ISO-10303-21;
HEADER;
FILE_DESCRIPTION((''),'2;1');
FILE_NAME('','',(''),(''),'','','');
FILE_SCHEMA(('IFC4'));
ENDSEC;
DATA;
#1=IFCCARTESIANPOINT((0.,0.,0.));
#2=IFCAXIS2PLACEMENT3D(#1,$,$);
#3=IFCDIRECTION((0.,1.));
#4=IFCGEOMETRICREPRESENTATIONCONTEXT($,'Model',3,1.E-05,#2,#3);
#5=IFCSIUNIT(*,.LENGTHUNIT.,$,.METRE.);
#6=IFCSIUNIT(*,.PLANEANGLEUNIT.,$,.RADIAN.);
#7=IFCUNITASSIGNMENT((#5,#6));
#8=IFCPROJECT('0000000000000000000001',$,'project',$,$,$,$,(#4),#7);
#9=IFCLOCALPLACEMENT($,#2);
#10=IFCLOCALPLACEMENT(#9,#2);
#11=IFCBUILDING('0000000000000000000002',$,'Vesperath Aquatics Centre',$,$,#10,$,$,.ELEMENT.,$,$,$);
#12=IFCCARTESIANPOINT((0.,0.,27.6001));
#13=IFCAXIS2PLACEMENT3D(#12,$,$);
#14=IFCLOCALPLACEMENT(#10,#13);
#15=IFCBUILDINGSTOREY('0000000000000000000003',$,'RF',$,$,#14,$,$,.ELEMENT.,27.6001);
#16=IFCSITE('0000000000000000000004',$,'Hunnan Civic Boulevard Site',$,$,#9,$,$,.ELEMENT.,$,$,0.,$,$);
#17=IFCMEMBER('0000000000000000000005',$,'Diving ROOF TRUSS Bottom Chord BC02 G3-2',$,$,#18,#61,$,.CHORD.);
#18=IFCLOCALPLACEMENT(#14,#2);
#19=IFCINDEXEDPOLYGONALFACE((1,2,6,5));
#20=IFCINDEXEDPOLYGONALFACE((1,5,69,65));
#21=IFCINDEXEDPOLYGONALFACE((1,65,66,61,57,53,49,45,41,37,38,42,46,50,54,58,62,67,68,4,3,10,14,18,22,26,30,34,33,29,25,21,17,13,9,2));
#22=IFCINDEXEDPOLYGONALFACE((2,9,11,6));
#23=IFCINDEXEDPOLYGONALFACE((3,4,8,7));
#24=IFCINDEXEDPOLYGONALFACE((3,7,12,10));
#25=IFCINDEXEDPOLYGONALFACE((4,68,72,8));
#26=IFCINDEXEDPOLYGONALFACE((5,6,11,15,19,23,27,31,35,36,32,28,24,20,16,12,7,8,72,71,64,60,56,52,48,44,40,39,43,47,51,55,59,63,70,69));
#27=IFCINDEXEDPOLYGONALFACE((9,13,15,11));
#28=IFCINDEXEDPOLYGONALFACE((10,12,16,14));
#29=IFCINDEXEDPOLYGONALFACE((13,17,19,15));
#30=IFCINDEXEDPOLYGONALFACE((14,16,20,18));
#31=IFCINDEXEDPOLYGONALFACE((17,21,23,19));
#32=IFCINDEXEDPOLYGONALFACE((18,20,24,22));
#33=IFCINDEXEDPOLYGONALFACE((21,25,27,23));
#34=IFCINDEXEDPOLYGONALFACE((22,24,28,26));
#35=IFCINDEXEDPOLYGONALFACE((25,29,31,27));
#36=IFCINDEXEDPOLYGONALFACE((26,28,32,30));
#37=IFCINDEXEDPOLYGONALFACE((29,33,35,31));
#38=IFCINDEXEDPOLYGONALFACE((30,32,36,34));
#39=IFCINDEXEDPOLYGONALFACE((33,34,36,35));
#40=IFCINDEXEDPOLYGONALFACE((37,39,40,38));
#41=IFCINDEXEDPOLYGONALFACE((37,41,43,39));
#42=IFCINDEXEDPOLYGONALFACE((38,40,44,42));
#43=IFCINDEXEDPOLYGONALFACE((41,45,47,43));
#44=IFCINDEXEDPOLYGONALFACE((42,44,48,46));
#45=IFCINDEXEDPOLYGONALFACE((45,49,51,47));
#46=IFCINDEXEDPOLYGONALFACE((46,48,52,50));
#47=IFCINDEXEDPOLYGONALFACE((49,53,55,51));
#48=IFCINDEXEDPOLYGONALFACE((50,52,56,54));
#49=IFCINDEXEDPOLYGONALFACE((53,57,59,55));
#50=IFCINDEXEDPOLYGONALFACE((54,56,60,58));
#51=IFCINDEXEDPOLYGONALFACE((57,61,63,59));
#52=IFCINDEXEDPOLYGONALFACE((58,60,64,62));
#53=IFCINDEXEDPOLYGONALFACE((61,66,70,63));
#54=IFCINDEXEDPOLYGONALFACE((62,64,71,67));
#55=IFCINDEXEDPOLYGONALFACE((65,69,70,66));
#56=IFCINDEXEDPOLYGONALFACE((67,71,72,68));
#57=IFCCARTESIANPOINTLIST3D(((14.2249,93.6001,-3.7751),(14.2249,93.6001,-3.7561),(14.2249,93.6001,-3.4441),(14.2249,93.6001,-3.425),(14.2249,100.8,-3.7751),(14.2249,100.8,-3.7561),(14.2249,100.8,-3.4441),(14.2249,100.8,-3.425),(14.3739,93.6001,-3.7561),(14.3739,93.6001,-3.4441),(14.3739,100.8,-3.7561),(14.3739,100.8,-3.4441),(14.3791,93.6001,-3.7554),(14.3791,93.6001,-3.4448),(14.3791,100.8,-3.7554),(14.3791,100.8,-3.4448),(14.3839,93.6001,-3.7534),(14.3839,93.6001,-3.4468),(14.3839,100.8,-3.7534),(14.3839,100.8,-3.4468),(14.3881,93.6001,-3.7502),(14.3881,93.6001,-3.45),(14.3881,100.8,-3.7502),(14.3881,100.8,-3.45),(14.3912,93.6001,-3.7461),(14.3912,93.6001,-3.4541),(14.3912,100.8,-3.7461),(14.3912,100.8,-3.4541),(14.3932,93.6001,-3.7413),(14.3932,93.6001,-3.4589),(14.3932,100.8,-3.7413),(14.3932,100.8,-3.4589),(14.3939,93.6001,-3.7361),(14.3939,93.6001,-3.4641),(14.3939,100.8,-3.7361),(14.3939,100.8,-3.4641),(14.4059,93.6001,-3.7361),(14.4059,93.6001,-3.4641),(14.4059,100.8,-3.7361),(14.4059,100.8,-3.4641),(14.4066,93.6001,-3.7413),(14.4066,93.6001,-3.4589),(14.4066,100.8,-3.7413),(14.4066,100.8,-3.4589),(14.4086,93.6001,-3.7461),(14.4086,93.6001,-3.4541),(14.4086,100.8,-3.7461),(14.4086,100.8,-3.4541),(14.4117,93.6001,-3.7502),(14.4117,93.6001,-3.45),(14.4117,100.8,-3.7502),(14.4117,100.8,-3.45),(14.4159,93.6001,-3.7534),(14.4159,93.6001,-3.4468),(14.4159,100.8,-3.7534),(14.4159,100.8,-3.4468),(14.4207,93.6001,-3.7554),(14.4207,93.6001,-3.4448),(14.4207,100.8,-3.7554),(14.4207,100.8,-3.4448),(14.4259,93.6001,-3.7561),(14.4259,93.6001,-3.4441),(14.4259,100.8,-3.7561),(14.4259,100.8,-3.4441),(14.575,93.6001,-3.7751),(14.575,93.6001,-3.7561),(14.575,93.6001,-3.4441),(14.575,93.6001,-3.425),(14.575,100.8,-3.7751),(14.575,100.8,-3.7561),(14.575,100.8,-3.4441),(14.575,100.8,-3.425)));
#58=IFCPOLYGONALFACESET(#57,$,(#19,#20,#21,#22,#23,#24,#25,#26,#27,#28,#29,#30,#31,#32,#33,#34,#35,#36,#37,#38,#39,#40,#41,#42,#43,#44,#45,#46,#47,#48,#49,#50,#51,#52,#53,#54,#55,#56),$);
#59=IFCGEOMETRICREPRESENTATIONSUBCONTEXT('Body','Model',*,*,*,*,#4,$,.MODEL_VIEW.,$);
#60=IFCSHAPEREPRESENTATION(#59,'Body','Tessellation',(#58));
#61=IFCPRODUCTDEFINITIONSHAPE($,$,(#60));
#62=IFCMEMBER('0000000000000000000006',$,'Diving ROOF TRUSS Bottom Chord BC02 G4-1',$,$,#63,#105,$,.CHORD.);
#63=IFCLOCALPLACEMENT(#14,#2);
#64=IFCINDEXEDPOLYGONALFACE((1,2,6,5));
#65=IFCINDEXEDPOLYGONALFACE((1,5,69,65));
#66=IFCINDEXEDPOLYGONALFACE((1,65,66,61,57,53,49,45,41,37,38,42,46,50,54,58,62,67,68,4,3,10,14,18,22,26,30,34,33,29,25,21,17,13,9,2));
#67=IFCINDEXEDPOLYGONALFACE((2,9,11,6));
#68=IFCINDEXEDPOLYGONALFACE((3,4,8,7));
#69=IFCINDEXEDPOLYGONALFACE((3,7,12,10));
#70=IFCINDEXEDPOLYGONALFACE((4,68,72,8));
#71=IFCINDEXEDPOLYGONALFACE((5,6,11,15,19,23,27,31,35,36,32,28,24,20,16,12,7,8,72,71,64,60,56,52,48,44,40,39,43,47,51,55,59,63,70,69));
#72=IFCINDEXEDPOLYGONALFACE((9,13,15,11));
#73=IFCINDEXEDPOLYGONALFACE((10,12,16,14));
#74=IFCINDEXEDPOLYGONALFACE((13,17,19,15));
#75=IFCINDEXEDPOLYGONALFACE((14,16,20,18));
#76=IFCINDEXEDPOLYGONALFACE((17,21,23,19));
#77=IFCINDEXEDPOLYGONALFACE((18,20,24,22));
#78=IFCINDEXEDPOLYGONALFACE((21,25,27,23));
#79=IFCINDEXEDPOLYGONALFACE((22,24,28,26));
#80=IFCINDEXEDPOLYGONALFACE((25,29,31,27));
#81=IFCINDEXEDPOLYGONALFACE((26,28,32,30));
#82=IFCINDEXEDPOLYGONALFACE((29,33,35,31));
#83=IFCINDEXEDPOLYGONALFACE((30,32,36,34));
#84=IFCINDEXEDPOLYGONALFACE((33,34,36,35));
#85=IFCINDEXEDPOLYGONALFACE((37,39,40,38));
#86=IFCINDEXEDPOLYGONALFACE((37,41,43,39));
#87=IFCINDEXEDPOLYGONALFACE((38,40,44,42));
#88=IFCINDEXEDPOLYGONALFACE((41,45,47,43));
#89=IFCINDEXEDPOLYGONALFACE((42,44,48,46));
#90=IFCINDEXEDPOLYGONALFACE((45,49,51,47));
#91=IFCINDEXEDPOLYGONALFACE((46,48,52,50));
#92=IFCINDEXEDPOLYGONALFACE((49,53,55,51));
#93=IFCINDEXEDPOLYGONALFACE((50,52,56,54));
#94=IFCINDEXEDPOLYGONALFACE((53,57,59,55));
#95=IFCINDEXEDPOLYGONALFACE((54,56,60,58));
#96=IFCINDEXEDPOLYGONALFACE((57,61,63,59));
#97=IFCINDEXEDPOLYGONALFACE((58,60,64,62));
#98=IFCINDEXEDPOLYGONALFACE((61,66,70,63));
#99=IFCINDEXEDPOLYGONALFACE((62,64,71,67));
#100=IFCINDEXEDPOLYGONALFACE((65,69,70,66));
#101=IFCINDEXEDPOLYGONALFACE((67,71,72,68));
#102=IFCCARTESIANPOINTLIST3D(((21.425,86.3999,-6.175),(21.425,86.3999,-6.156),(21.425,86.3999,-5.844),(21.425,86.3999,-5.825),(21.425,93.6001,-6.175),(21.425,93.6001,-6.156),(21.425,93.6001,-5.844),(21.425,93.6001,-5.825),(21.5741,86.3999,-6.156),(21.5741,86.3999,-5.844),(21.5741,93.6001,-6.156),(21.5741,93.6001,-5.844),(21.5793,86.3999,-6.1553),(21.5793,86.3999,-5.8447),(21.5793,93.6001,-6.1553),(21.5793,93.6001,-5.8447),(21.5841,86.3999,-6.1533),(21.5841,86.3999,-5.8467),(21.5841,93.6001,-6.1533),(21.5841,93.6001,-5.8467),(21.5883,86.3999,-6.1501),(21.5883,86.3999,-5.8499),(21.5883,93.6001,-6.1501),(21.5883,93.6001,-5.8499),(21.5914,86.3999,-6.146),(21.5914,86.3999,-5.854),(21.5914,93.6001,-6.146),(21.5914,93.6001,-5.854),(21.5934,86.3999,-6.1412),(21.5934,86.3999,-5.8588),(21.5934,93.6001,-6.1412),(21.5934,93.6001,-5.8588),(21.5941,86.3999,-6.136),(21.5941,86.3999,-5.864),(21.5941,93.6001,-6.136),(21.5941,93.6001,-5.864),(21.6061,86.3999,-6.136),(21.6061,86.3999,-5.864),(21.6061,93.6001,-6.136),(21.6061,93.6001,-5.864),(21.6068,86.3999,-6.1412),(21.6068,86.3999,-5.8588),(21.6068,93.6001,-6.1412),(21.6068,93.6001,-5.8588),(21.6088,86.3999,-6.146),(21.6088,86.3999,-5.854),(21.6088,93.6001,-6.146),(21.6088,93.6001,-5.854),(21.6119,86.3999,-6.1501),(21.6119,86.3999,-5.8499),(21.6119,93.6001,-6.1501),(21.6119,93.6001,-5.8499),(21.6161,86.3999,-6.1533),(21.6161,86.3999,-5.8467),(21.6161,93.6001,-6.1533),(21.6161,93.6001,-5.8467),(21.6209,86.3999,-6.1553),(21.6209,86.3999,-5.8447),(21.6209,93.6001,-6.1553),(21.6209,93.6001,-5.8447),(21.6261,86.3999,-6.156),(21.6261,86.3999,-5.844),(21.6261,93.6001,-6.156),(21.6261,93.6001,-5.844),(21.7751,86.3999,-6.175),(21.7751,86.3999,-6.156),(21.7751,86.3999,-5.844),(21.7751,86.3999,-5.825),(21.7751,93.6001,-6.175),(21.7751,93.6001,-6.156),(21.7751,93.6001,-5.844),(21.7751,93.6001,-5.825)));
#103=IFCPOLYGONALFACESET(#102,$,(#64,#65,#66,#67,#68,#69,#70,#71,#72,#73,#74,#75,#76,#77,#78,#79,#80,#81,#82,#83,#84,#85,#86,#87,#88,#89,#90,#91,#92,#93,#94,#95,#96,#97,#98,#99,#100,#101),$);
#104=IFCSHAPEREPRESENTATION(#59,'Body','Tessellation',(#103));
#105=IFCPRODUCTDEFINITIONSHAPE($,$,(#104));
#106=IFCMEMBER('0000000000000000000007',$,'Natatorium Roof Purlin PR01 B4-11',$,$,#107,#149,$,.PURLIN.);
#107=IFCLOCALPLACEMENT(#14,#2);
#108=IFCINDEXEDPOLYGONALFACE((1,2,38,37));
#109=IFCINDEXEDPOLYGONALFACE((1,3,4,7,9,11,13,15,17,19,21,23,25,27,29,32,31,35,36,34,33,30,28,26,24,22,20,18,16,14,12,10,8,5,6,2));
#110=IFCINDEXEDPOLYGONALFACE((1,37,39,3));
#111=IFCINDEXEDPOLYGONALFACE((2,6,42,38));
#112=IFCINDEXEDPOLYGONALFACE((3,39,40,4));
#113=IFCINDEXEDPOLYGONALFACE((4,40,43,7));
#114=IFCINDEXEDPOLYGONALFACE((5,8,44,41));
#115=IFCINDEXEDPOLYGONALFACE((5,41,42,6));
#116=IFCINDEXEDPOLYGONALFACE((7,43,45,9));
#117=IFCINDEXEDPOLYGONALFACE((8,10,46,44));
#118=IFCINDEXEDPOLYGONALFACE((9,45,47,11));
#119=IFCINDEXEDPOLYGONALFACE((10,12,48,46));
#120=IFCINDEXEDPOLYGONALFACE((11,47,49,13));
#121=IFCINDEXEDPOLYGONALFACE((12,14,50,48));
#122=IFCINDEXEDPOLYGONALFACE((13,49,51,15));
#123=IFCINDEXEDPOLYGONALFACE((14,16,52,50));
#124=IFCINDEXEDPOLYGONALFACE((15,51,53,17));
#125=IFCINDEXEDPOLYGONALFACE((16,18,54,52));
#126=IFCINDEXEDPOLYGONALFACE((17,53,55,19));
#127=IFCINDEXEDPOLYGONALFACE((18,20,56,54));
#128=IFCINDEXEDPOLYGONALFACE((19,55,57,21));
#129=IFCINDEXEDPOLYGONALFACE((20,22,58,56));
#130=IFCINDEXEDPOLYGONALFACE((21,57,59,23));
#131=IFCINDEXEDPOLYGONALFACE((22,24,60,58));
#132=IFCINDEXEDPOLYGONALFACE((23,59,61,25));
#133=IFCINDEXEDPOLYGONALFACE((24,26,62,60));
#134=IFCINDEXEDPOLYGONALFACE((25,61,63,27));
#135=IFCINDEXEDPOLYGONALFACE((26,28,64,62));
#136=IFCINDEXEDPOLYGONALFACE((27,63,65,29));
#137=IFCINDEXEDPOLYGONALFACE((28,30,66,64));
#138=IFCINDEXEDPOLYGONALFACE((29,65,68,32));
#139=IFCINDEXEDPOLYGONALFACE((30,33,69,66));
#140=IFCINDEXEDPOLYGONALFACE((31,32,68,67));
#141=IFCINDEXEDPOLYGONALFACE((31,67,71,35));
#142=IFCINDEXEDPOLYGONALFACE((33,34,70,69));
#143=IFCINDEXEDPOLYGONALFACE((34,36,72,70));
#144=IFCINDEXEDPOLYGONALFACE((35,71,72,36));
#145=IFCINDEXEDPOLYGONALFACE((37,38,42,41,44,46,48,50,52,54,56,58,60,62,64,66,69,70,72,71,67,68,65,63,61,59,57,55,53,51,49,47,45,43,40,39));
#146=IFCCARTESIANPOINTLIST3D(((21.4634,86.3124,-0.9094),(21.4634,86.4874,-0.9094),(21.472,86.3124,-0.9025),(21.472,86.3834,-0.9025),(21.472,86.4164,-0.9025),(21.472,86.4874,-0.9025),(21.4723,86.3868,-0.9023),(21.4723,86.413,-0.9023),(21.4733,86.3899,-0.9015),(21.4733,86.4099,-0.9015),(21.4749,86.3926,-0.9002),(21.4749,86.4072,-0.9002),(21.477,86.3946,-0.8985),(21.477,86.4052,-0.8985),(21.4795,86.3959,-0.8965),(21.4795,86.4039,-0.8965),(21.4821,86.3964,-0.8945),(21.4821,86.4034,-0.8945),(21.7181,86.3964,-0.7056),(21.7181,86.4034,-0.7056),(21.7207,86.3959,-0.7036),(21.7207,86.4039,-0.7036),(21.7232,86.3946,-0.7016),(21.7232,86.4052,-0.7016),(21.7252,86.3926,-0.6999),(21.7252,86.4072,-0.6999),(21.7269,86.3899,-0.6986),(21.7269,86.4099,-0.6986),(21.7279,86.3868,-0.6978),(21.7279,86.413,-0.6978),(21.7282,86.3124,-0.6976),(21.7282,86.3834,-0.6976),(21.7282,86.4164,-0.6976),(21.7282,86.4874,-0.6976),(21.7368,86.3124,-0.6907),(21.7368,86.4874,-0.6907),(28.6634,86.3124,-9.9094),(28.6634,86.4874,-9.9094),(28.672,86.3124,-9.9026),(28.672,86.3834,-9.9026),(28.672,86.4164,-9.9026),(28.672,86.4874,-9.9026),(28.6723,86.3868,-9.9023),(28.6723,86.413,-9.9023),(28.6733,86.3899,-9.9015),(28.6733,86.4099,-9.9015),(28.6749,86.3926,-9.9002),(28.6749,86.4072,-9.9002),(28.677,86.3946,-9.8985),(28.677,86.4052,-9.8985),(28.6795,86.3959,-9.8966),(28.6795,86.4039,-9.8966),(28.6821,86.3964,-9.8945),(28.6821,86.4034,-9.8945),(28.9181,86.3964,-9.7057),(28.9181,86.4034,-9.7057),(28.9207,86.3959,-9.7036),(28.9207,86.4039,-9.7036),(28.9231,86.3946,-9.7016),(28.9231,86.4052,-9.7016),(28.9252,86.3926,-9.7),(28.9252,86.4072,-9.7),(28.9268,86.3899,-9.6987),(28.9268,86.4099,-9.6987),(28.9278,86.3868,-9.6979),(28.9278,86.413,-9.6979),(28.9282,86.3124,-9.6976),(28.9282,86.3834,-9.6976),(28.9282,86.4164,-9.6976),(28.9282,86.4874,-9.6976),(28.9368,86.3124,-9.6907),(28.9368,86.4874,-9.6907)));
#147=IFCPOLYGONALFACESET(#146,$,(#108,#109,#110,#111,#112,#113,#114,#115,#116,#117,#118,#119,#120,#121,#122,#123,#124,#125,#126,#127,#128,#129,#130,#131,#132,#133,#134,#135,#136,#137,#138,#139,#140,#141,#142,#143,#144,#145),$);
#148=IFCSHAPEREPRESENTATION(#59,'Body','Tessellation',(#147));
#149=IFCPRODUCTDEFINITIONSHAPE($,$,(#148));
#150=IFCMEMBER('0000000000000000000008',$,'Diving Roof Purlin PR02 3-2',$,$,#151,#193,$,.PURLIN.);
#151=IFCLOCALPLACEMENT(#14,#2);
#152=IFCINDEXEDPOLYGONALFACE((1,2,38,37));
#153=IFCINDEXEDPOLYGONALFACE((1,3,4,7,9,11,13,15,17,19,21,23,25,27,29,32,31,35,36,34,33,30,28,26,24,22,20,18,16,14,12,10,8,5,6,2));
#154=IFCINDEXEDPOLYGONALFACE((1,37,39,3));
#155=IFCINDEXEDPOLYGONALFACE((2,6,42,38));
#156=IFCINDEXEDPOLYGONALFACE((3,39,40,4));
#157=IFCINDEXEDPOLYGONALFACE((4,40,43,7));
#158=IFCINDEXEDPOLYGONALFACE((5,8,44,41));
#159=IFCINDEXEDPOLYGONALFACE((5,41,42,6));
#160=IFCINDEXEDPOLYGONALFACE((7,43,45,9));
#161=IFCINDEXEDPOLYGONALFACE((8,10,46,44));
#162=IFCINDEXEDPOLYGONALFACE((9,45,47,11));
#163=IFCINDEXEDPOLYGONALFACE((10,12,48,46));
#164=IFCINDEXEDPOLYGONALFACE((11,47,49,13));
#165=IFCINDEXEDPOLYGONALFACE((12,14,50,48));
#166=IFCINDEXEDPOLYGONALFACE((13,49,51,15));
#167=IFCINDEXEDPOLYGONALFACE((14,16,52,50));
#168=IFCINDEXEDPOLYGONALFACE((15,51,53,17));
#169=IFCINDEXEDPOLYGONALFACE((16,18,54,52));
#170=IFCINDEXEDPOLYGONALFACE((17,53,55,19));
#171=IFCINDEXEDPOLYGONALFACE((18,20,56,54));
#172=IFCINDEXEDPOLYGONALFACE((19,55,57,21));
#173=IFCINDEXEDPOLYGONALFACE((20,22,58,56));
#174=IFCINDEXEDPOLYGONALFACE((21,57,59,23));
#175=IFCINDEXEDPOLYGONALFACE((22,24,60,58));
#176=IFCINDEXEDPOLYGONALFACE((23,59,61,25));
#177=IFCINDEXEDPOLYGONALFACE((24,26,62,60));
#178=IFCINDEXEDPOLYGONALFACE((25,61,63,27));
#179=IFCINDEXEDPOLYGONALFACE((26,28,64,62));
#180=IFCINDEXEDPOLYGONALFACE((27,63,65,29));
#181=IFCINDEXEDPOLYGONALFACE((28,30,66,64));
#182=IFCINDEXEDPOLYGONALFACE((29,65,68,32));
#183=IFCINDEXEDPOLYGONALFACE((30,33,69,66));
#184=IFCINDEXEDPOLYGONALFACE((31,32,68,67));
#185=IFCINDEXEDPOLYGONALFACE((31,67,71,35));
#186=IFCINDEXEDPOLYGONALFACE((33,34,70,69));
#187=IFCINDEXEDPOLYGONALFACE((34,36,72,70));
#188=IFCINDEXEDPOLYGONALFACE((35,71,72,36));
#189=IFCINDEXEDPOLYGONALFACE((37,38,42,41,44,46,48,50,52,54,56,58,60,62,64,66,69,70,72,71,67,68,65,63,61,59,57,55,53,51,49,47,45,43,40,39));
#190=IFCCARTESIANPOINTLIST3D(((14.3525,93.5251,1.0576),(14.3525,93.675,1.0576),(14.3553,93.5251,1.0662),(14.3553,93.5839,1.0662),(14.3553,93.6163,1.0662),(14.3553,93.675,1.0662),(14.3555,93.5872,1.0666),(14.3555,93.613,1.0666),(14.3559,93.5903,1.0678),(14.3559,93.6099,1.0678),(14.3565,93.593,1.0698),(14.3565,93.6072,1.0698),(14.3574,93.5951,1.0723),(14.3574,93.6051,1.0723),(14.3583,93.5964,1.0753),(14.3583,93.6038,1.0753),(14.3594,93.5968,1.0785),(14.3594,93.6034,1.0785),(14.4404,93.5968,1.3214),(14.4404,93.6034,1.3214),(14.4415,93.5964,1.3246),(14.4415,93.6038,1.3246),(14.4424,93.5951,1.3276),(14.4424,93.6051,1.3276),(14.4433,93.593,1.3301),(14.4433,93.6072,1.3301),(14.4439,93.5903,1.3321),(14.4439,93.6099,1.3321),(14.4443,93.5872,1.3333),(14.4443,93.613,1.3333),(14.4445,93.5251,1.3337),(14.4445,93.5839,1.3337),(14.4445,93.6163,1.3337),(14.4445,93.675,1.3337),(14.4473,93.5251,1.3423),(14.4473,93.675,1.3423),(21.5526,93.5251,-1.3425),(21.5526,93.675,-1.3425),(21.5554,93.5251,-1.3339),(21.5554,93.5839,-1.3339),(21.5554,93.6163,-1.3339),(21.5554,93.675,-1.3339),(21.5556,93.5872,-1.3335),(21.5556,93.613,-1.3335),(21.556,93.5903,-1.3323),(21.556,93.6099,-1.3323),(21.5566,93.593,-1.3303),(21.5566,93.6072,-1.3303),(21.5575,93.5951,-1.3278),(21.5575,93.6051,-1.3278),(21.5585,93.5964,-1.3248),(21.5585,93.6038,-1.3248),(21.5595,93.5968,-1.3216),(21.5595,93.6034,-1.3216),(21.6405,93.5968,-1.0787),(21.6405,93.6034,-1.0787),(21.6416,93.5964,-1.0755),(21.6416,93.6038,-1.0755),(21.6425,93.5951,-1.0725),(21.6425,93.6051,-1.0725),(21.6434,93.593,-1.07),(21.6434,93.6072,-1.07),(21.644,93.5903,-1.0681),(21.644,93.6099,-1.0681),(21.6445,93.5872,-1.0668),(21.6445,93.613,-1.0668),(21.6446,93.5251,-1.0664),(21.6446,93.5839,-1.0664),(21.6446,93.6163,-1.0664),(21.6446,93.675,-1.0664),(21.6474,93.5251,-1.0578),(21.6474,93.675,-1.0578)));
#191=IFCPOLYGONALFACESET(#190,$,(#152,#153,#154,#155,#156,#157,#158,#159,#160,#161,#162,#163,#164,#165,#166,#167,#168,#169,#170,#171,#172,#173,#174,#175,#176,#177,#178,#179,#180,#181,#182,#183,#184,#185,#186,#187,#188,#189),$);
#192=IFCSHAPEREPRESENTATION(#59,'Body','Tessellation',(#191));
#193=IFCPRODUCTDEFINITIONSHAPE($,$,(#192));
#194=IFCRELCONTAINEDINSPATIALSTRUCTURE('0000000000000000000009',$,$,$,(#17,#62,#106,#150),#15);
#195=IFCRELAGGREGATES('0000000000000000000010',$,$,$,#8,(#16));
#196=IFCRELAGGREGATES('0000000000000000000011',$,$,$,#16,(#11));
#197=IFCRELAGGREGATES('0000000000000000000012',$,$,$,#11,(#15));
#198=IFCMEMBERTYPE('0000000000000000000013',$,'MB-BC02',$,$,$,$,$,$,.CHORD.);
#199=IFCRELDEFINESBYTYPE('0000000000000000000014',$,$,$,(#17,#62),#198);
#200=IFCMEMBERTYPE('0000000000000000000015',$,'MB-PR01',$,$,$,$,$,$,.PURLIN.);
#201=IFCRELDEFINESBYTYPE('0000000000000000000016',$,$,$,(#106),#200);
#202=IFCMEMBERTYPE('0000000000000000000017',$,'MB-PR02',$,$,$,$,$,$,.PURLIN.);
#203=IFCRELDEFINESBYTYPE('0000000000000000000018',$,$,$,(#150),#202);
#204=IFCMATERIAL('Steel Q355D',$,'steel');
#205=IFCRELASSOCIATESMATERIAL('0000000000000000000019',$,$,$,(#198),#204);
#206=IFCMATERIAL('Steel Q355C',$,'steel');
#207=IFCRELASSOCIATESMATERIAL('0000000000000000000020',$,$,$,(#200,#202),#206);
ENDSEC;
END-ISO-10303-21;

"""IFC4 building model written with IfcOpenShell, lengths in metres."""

from ifc_helpers import new_model, si_unit, direction, frame, origin, origin_2d, place, context, subcontext, project, spatial, i_section, extrude, material, material_profile, profile_set, type_object, element, save


model = new_model("IFC4")

# Units and contexts
model_context = context("Model", 3, precision=1e-05, world=origin(), true_north=direction((0.0, 1.0)))
body_context = subcontext(model_context, "Body", "Model", "MODEL_VIEW")
ifc_project = project(units=[si_unit("LENGTHUNIT", "METRE"), si_unit("PLANEANGLEUNIT", "RADIAN")], contexts=[model_context])

# Site, building, storey
site_placement = place(None, origin())
site = spatial("IfcSite", under=ifc_project, at=site_placement, Name="Hunnan Civic Boulevard Site", CompositionType="ELEMENT", RefElevation=0.0)
building_placement = place(site_placement, origin())
building = spatial("IfcBuilding", under=site, at=building_placement, Name="Vesperath Aquatics Centre", CompositionType="ELEMENT")
storey_placement = place(building_placement, frame((0.0, 0.0, 27.6001)))
storey = spatial("IfcBuildingStorey", under=building, at=storey_placement, Name="RF", CompositionType="ELEMENT", Elevation=27.6001)

# Shared definitions
ifc_material_1 = material(Name="Steel Q355C", Category="steel")

# Members
ifc_material_2 = material(Name="Steel Q355D", Category="steel")
ifc_material_profile_1 = material_profile(ifc_material_2, i_section(OverallWidth=0.3501, OverallDepth=0.3501, WebThickness=0.012, FlangeThickness=0.019, FilletRadius=0.02, at=origin_2d()), Name="HW 350x350x12x19")
ifc_profile_set_1 = profile_set([ifc_material_profile_1], Name="Steel Q355D")
member_type_1 = type_object("IfcMemberType", Name="MB-BC02", PredefinedType="CHORD", material=ifc_profile_set_1)
member_1_placement = place(storey_placement, frame((14.3999, 93.6001, -3.6001), z_axis=(0.0, 1.0, 0.0), x_axis=(-1.0, 0.0, 0.0)))
element("IfcMember", 1, at=member_1_placement, inside=storey, type_object=member_type_1, Name="Diving ROOF TRUSS Bottom Chord BC02 G3-2", PredefinedType="CHORD", context=body_context, shape_type="SweptSolid", body=[
    extrude(i_section(OverallWidth=0.3501, OverallDepth=0.3501, WebThickness=0.012, FlangeThickness=0.019, FilletRadius=0.02, at=origin_2d()), origin(), (0.0, 0.0, 1.0), 7.2),
])
member_2_placement = place(storey_placement, frame((21.6001, 86.3999, -6.0), z_axis=(0.0, 1.0, 0.0), x_axis=(-1.0, 0.0, 0.0)))
element("IfcMember", 2, at=member_2_placement, inside=storey, type_object=member_type_1, Name="Diving ROOF TRUSS Bottom Chord BC02 G4-1", PredefinedType="CHORD", context=body_context, shape_type="SweptSolid", body=[
    extrude(i_section(OverallWidth=0.3501, OverallDepth=0.3501, WebThickness=0.012, FlangeThickness=0.019, FilletRadius=0.02, at=origin_2d()), origin(), (0.0, 0.0, 1.0), 7.2002),
])
ifc_material_profile_2 = material_profile(ifc_material_1, i_section(OverallWidth=0.175, OverallDepth=0.3501, WebThickness=0.0071, FlangeThickness=0.011, FilletRadius=0.0129, at=origin_2d()), Name="HN 350x175x7x11")
ifc_profile_set_2 = profile_set([ifc_material_profile_2], Name="Steel Q355C")
member_type_2 = type_object("IfcMemberType", Name="MB-PR01", PredefinedType="PURLIN", material=ifc_profile_set_2)
member_3_placement = place(storey_placement, frame((21.6001, 86.3999, -0.8), z_axis=(0.624692, 0.0, -0.780871), x_axis=(0.0, 1.0, 0.0)))
element("IfcMember", 3, at=member_3_placement, inside=storey, type_object=member_type_2, Name="Natatorium Roof Purlin PR01 B4-11", PredefinedType="PURLIN", context=body_context, shape_type="SweptSolid", body=[
    extrude(i_section(OverallWidth=0.175, OverallDepth=0.3501, WebThickness=0.0071, FlangeThickness=0.011, FilletRadius=0.0129, at=origin_2d()), origin(), (0.0, 0.0, 1.0), 11.5256),
])
ifc_material_profile_3 = material_profile(ifc_material_1, i_section(OverallWidth=0.1499, OverallDepth=0.3, WebThickness=0.0066, FlangeThickness=0.009, FilletRadius=0.0129, at=origin_2d()), Name="HN 300x150x6.5x9")
ifc_profile_set_3 = profile_set([ifc_material_profile_3], Name="Steel Q355C")
member_type_3 = type_object("IfcMemberType", Name="MB-PR02", PredefinedType="PURLIN", material=ifc_profile_set_3)
member_4_placement = place(storey_placement, frame((14.3999, 93.6001, 1.2), z_axis=(0.94868, 0.0, -0.316237), x_axis=(0.0, 1.0, 0.0)))
element("IfcMember", 4, at=member_4_placement, inside=storey, type_object=member_type_3, Name="Diving Roof Purlin PR02 3-2", PredefinedType="PURLIN", context=body_context, shape_type="SweptSolid", body=[
    extrude(i_section(OverallWidth=0.1499, OverallDepth=0.3, WebThickness=0.0066, FlangeThickness=0.009, FilletRadius=0.0129, at=origin_2d()), origin(), (0.0, 0.0, 1.0), 7.5896),
])

save(model, "model.ifc")
